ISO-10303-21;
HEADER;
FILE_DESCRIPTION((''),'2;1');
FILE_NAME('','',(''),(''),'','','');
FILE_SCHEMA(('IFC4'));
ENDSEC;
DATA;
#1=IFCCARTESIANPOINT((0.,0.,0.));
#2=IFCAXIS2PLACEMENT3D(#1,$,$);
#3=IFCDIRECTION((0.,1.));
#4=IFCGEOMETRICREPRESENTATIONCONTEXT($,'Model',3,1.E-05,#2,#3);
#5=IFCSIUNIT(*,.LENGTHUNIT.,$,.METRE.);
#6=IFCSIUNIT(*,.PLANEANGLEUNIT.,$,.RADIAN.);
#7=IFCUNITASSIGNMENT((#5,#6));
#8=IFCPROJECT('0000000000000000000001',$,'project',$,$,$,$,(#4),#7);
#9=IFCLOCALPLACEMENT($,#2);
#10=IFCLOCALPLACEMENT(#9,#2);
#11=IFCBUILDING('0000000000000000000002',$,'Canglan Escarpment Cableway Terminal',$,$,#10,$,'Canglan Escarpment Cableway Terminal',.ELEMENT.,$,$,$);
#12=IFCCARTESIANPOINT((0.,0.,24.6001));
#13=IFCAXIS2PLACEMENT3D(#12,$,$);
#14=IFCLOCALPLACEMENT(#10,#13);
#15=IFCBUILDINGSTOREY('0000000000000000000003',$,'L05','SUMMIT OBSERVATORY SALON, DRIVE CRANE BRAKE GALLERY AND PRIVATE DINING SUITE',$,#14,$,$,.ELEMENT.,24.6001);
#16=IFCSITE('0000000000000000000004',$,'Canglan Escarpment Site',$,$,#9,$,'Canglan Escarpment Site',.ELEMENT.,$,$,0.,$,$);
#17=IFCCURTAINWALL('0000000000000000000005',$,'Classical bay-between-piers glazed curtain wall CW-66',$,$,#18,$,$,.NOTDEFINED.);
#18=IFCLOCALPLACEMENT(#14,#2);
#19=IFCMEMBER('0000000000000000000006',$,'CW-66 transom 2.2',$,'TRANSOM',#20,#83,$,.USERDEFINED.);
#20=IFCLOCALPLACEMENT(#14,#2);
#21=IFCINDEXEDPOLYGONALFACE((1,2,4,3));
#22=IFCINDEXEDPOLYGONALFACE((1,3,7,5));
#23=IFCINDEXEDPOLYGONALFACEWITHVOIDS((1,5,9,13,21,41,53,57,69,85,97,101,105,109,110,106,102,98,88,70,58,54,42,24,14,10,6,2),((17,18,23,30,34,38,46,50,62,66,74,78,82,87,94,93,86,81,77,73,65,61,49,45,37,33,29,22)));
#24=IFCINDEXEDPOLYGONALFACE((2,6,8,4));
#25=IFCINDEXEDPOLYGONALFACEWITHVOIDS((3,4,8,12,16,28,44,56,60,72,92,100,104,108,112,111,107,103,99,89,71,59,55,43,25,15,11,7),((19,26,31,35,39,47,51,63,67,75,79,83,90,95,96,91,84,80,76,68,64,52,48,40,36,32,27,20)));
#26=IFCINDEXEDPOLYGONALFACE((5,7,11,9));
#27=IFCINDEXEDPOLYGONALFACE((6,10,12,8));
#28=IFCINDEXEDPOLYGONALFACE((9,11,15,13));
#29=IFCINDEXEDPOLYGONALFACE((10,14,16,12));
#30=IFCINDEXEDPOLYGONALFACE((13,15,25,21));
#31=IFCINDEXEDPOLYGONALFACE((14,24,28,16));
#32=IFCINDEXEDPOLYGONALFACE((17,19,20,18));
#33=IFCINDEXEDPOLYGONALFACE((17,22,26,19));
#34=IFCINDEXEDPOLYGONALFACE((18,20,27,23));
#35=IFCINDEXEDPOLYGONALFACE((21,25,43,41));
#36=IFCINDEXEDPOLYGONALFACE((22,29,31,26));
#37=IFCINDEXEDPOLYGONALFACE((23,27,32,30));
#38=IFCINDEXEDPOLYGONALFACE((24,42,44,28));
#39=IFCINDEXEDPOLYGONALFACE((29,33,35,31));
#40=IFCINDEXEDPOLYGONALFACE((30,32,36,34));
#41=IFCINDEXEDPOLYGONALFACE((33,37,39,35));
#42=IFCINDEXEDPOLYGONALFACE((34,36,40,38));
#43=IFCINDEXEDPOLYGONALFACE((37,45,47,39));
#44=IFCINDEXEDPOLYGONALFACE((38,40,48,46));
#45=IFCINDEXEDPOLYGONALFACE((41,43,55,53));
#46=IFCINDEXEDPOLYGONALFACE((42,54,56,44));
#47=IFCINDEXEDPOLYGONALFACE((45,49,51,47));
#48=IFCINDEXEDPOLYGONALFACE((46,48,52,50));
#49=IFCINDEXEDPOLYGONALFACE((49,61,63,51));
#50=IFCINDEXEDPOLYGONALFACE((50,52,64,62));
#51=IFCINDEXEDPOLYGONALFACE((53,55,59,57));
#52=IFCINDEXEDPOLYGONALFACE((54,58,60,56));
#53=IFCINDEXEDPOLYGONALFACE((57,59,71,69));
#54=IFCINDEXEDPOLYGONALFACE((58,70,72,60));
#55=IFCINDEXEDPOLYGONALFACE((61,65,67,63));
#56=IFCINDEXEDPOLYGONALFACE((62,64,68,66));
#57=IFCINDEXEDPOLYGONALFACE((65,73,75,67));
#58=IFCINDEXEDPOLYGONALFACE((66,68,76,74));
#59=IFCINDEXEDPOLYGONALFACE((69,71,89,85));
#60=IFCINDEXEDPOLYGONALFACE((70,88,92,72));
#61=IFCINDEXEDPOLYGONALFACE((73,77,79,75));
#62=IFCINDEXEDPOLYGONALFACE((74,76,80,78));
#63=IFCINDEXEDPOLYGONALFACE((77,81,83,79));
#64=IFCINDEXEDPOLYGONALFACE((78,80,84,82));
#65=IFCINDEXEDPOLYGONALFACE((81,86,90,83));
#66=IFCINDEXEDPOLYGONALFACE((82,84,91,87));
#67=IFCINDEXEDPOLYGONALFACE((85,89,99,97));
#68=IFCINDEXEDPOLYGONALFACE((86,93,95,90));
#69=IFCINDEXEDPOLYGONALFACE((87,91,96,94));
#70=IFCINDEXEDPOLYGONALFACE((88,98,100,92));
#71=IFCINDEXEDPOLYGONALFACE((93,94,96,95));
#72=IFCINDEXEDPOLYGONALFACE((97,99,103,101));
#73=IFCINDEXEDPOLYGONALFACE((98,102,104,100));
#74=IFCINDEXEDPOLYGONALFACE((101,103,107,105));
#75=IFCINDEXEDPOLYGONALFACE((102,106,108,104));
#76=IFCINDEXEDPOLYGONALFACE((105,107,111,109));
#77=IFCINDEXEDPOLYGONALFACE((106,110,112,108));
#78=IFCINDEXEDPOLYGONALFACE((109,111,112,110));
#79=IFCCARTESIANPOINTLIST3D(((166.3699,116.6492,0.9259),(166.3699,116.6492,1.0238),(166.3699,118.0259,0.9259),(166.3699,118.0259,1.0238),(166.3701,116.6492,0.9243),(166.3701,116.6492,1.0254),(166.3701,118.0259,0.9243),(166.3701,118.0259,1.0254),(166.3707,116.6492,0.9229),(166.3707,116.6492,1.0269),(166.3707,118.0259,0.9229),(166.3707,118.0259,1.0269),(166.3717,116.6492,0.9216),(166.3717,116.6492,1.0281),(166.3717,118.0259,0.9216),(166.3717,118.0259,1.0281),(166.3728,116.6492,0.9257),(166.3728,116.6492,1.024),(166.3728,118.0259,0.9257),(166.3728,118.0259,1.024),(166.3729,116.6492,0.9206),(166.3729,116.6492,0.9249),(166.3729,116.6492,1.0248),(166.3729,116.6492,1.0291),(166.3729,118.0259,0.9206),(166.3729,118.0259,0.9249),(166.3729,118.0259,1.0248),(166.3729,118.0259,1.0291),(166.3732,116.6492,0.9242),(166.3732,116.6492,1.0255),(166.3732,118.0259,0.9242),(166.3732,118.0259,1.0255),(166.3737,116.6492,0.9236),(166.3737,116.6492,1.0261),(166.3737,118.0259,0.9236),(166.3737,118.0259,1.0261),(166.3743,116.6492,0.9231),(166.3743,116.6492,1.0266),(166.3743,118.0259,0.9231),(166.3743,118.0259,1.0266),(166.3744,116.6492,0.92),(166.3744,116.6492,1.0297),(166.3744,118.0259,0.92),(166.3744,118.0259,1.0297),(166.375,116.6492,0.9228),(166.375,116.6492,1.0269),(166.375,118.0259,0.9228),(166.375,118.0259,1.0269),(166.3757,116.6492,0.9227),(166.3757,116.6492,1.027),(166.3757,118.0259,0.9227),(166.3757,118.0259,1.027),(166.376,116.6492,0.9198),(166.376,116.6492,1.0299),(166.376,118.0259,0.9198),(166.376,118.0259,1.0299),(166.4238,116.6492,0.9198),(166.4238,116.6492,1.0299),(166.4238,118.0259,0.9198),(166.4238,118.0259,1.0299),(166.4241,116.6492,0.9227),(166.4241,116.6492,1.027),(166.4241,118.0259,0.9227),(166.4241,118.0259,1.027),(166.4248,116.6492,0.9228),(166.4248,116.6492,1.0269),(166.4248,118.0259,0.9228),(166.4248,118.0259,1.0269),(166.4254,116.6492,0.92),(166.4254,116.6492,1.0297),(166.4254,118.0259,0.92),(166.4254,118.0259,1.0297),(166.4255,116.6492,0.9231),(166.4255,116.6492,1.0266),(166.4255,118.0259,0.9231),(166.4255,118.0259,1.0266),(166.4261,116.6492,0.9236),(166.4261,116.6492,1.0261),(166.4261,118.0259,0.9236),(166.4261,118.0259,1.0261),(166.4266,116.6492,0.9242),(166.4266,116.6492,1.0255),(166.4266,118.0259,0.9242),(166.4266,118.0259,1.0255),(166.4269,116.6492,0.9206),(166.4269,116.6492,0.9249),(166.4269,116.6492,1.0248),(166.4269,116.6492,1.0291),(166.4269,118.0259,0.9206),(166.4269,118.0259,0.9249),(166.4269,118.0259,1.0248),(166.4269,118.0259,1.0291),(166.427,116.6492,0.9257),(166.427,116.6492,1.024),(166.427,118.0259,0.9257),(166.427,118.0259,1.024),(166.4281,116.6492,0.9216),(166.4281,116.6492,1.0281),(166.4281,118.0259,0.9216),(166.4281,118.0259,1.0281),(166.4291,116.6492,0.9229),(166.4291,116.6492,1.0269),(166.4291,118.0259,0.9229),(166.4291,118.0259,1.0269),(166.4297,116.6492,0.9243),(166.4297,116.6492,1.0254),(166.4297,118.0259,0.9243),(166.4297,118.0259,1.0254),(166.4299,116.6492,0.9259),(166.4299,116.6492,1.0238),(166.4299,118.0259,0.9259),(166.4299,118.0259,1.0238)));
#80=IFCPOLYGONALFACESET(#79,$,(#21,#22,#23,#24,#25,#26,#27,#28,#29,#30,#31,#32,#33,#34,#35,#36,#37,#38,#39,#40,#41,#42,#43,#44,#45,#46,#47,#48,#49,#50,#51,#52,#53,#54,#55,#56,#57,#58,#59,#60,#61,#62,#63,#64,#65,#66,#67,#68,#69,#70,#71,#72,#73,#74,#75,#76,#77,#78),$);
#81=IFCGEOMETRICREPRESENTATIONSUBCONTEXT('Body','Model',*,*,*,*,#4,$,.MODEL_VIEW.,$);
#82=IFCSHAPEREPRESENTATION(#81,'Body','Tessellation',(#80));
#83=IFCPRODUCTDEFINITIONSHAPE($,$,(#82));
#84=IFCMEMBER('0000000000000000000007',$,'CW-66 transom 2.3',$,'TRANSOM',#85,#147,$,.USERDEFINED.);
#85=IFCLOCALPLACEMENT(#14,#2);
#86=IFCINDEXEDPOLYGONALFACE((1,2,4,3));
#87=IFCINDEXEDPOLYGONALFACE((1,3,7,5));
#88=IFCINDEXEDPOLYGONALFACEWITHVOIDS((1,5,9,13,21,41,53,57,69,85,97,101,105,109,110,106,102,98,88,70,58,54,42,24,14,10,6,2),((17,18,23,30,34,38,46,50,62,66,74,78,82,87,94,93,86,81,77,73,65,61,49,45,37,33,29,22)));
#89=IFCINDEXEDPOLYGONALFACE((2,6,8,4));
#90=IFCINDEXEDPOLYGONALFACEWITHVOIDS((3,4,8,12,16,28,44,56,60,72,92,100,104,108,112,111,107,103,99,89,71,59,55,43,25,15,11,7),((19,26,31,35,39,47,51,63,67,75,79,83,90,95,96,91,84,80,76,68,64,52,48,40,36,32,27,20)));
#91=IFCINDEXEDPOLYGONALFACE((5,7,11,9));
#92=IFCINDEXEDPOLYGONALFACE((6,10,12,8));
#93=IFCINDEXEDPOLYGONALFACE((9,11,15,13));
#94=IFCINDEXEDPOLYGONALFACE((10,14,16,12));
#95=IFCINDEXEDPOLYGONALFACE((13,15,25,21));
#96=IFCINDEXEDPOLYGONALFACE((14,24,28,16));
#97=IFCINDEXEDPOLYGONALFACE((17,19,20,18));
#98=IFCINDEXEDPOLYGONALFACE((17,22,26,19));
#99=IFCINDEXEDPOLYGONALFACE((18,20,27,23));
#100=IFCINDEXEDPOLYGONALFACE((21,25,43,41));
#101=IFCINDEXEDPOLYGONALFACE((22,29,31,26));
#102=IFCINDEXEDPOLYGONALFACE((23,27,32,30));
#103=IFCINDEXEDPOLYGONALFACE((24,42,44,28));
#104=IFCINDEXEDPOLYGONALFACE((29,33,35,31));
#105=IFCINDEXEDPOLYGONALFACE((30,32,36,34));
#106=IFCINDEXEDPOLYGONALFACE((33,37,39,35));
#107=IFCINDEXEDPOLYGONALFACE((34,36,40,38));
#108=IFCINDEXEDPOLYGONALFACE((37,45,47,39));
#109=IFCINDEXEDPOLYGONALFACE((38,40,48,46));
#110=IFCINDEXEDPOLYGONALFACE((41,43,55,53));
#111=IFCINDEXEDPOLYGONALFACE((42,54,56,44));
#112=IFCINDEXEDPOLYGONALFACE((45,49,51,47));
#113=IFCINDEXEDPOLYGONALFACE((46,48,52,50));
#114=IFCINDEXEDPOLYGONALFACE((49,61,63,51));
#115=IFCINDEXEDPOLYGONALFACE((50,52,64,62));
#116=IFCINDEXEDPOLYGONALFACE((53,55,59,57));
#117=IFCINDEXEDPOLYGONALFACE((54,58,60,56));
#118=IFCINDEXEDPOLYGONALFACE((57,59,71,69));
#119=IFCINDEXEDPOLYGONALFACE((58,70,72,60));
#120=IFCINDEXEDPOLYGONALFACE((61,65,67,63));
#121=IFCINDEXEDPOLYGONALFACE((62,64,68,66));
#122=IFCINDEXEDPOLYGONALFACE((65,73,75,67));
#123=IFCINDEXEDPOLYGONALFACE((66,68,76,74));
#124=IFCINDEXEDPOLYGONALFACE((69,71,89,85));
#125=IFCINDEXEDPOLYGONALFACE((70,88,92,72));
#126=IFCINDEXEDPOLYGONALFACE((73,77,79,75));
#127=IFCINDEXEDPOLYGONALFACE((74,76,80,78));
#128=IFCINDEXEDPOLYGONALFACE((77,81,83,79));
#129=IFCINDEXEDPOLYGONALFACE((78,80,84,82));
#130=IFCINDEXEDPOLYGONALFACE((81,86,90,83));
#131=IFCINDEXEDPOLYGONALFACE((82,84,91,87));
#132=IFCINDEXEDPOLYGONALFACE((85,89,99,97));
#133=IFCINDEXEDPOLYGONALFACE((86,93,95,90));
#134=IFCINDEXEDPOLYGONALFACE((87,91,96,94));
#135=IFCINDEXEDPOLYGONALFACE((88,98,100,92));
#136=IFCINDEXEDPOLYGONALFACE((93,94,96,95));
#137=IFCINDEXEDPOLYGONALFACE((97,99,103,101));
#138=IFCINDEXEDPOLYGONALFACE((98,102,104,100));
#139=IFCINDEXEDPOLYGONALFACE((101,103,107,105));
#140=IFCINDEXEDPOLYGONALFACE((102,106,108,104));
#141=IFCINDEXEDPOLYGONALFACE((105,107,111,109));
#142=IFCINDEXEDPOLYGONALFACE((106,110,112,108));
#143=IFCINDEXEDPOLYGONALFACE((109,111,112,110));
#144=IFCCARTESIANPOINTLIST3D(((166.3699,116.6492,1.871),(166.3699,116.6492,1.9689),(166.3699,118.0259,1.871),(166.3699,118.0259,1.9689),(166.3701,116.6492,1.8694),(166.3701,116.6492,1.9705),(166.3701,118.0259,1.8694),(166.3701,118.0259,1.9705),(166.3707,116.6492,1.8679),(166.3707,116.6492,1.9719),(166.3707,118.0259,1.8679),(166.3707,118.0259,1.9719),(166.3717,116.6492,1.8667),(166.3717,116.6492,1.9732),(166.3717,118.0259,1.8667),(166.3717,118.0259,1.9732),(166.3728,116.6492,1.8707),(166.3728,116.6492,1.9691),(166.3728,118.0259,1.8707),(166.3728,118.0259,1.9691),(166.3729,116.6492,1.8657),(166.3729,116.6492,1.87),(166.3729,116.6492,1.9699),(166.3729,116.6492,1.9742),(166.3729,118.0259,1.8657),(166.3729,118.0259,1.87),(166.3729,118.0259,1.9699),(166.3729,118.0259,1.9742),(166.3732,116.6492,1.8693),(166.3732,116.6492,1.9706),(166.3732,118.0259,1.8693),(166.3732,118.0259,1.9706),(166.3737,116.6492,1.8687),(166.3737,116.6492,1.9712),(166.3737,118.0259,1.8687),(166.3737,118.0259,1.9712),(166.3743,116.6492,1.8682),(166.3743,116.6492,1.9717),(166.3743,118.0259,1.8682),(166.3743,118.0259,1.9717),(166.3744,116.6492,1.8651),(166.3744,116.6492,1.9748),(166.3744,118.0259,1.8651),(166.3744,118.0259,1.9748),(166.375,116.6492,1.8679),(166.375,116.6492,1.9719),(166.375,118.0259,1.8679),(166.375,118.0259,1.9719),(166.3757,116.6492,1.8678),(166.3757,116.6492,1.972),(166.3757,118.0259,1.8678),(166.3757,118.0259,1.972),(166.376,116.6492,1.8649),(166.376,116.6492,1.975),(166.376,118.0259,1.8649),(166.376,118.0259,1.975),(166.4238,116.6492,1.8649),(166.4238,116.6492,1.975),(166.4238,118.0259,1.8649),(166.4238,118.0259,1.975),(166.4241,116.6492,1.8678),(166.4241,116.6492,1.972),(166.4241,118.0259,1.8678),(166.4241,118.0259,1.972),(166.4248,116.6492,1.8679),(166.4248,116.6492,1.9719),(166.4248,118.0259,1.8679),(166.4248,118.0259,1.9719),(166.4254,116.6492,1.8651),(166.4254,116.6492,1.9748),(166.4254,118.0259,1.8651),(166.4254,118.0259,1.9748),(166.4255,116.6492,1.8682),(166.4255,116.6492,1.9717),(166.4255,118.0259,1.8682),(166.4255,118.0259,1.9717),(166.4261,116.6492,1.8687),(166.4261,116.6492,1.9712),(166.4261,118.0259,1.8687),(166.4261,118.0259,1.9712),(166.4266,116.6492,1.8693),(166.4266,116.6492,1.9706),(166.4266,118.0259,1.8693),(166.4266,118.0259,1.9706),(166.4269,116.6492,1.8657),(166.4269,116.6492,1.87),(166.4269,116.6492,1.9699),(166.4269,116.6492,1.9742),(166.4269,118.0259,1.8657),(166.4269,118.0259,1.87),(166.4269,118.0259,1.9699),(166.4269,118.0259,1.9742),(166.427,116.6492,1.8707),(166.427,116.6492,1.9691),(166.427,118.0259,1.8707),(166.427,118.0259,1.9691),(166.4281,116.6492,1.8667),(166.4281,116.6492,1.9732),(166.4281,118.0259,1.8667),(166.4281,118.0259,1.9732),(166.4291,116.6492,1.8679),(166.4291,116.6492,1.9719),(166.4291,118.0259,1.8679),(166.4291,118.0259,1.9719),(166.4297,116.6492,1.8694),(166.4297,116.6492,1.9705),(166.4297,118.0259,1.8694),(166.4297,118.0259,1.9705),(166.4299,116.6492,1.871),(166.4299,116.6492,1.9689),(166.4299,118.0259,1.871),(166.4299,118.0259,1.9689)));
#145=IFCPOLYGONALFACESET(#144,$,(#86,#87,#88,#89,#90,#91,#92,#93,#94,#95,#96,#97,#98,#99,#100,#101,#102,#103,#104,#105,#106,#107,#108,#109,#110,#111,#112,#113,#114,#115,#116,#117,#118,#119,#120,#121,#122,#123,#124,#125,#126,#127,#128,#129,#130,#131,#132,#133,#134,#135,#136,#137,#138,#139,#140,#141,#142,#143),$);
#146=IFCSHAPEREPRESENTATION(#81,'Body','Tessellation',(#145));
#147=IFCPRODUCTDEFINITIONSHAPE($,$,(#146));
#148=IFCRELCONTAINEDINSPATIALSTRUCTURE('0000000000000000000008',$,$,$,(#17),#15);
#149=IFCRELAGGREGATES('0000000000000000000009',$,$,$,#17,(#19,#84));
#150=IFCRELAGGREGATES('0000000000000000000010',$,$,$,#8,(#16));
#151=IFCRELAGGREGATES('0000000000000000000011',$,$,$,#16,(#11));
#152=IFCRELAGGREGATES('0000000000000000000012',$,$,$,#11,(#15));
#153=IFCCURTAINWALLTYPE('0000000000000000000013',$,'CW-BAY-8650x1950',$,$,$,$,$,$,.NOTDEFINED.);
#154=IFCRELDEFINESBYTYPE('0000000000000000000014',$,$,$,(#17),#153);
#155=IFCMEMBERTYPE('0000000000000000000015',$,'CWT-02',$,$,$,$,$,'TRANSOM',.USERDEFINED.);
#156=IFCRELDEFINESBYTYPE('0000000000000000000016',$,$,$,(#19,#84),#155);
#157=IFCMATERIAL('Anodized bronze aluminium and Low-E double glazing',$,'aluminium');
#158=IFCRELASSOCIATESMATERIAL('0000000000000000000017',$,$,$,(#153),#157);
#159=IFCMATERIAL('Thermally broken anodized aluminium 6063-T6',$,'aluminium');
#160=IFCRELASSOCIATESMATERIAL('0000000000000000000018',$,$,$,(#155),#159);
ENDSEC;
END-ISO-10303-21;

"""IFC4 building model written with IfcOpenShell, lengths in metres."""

from ifc_helpers import new_model, si_unit, direction, frame, origin, origin_2d, place, context, subcontext, project, spatial, hollow_rectangle, extrude, material, material_profile, profile_set, type_object, element, aggregate, save


model = new_model("IFC4")

# Units and contexts
model_context = context("Model", 3, precision=1e-05, world=origin(), true_north=direction((0.0, 1.0)))
body_context = subcontext(model_context, "Body", "Model", "MODEL_VIEW")
ifc_project = project(units=[si_unit("LENGTHUNIT", "METRE"), si_unit("PLANEANGLEUNIT", "RADIAN")], contexts=[model_context])

# Site, building, storey
site_placement = place(None, origin())
site = spatial("IfcSite", under=ifc_project, at=site_placement, Name="Canglan Escarpment Site", LongName="Canglan Escarpment Site", CompositionType="ELEMENT", RefElevation=0.0)
building_placement = place(site_placement, origin())
building = spatial("IfcBuilding", under=site, at=building_placement, Name="Canglan Escarpment Cableway Terminal", LongName="Canglan Escarpment Cableway Terminal", CompositionType="ELEMENT")
storey_placement = place(building_placement, frame((0.0, 0.0, 24.6001)))
storey = spatial("IfcBuildingStorey", under=building, at=storey_placement, Name="L05", Description="SUMMIT OBSERVATORY SALON, DRIVE CRANE BRAKE GALLERY AND PRIVATE DINING SUITE", CompositionType="ELEMENT", Elevation=24.6001)

# Curtain wall, members
ifc_material_1 = material(Name="Anodized bronze aluminium and Low-E double glazing", Category="aluminium")
curtain_wall_type = type_object("IfcCurtainWallType", Name="CW-BAY-8650x1950", PredefinedType="NOTDEFINED", material=ifc_material_1)
curtain_wall_placement = place(storey_placement, origin())
curtain_wall = element("IfcCurtainWall", 1, at=curtain_wall_placement, inside=storey, type_object=curtain_wall_type, Name="Classical bay-between-piers glazed curtain wall CW-66", PredefinedType="NOTDEFINED")
ifc_material_2 = material(Name="Thermally broken anodized aluminium 6063-T6", Category="aluminium")
ifc_material_profile_1 = material_profile(ifc_material_2, hollow_rectangle(XDim=0.0601, YDim=0.1101, WallThickness=0.0029, InnerFilletRadius=0.0029, OuterFilletRadius=0.0061, at=origin_2d()), Name="ALU-TRAN 60x110x3")
ifc_profile_set_1 = profile_set([ifc_material_profile_1], Name="Thermally broken anodized aluminium 6063-T6")
member_type_1 = type_object("IfcMemberType", Name="CWT-02", ElementType="TRANSOM", PredefinedType="USERDEFINED", material=ifc_profile_set_1)
member_1_placement = place(storey_placement, frame((166.3999, 116.6492, 0.9749), z_axis=(0.0, 1.0, 0.0), x_axis=(-1.0, 0.0, 0.0)))
member_1 = element("IfcMember", 2, at=member_1_placement, type_object=member_type_1, Name="CW-66 transom 2.2", ObjectType="TRANSOM", PredefinedType="USERDEFINED", context=body_context, shape_type="SweptSolid", body=[
    extrude(hollow_rectangle(XDim=0.0601, YDim=0.1101, WallThickness=0.0029, InnerFilletRadius=0.0029, OuterFilletRadius=0.0061, at=origin_2d()), origin(), (0.0, 0.0, 1.0), 1.3767),
])
member_2_placement = place(storey_placement, frame((166.3999, 116.6492, 1.9199), z_axis=(0.0, 1.0, 0.0), x_axis=(-1.0, 0.0, 0.0)))
member_2 = element("IfcMember", 3, at=member_2_placement, type_object=member_type_1, Name="CW-66 transom 2.3", ObjectType="TRANSOM", PredefinedType="USERDEFINED", context=body_context, shape_type="SweptSolid", body=[
    extrude(hollow_rectangle(XDim=0.0601, YDim=0.1101, WallThickness=0.0029, InnerFilletRadius=0.0029, OuterFilletRadius=0.0061, at=origin_2d()), origin(), (0.0, 0.0, 1.0), 1.3767),
])

aggregate(curtain_wall, [member_1, member_2])

save(model, "model.ifc")
